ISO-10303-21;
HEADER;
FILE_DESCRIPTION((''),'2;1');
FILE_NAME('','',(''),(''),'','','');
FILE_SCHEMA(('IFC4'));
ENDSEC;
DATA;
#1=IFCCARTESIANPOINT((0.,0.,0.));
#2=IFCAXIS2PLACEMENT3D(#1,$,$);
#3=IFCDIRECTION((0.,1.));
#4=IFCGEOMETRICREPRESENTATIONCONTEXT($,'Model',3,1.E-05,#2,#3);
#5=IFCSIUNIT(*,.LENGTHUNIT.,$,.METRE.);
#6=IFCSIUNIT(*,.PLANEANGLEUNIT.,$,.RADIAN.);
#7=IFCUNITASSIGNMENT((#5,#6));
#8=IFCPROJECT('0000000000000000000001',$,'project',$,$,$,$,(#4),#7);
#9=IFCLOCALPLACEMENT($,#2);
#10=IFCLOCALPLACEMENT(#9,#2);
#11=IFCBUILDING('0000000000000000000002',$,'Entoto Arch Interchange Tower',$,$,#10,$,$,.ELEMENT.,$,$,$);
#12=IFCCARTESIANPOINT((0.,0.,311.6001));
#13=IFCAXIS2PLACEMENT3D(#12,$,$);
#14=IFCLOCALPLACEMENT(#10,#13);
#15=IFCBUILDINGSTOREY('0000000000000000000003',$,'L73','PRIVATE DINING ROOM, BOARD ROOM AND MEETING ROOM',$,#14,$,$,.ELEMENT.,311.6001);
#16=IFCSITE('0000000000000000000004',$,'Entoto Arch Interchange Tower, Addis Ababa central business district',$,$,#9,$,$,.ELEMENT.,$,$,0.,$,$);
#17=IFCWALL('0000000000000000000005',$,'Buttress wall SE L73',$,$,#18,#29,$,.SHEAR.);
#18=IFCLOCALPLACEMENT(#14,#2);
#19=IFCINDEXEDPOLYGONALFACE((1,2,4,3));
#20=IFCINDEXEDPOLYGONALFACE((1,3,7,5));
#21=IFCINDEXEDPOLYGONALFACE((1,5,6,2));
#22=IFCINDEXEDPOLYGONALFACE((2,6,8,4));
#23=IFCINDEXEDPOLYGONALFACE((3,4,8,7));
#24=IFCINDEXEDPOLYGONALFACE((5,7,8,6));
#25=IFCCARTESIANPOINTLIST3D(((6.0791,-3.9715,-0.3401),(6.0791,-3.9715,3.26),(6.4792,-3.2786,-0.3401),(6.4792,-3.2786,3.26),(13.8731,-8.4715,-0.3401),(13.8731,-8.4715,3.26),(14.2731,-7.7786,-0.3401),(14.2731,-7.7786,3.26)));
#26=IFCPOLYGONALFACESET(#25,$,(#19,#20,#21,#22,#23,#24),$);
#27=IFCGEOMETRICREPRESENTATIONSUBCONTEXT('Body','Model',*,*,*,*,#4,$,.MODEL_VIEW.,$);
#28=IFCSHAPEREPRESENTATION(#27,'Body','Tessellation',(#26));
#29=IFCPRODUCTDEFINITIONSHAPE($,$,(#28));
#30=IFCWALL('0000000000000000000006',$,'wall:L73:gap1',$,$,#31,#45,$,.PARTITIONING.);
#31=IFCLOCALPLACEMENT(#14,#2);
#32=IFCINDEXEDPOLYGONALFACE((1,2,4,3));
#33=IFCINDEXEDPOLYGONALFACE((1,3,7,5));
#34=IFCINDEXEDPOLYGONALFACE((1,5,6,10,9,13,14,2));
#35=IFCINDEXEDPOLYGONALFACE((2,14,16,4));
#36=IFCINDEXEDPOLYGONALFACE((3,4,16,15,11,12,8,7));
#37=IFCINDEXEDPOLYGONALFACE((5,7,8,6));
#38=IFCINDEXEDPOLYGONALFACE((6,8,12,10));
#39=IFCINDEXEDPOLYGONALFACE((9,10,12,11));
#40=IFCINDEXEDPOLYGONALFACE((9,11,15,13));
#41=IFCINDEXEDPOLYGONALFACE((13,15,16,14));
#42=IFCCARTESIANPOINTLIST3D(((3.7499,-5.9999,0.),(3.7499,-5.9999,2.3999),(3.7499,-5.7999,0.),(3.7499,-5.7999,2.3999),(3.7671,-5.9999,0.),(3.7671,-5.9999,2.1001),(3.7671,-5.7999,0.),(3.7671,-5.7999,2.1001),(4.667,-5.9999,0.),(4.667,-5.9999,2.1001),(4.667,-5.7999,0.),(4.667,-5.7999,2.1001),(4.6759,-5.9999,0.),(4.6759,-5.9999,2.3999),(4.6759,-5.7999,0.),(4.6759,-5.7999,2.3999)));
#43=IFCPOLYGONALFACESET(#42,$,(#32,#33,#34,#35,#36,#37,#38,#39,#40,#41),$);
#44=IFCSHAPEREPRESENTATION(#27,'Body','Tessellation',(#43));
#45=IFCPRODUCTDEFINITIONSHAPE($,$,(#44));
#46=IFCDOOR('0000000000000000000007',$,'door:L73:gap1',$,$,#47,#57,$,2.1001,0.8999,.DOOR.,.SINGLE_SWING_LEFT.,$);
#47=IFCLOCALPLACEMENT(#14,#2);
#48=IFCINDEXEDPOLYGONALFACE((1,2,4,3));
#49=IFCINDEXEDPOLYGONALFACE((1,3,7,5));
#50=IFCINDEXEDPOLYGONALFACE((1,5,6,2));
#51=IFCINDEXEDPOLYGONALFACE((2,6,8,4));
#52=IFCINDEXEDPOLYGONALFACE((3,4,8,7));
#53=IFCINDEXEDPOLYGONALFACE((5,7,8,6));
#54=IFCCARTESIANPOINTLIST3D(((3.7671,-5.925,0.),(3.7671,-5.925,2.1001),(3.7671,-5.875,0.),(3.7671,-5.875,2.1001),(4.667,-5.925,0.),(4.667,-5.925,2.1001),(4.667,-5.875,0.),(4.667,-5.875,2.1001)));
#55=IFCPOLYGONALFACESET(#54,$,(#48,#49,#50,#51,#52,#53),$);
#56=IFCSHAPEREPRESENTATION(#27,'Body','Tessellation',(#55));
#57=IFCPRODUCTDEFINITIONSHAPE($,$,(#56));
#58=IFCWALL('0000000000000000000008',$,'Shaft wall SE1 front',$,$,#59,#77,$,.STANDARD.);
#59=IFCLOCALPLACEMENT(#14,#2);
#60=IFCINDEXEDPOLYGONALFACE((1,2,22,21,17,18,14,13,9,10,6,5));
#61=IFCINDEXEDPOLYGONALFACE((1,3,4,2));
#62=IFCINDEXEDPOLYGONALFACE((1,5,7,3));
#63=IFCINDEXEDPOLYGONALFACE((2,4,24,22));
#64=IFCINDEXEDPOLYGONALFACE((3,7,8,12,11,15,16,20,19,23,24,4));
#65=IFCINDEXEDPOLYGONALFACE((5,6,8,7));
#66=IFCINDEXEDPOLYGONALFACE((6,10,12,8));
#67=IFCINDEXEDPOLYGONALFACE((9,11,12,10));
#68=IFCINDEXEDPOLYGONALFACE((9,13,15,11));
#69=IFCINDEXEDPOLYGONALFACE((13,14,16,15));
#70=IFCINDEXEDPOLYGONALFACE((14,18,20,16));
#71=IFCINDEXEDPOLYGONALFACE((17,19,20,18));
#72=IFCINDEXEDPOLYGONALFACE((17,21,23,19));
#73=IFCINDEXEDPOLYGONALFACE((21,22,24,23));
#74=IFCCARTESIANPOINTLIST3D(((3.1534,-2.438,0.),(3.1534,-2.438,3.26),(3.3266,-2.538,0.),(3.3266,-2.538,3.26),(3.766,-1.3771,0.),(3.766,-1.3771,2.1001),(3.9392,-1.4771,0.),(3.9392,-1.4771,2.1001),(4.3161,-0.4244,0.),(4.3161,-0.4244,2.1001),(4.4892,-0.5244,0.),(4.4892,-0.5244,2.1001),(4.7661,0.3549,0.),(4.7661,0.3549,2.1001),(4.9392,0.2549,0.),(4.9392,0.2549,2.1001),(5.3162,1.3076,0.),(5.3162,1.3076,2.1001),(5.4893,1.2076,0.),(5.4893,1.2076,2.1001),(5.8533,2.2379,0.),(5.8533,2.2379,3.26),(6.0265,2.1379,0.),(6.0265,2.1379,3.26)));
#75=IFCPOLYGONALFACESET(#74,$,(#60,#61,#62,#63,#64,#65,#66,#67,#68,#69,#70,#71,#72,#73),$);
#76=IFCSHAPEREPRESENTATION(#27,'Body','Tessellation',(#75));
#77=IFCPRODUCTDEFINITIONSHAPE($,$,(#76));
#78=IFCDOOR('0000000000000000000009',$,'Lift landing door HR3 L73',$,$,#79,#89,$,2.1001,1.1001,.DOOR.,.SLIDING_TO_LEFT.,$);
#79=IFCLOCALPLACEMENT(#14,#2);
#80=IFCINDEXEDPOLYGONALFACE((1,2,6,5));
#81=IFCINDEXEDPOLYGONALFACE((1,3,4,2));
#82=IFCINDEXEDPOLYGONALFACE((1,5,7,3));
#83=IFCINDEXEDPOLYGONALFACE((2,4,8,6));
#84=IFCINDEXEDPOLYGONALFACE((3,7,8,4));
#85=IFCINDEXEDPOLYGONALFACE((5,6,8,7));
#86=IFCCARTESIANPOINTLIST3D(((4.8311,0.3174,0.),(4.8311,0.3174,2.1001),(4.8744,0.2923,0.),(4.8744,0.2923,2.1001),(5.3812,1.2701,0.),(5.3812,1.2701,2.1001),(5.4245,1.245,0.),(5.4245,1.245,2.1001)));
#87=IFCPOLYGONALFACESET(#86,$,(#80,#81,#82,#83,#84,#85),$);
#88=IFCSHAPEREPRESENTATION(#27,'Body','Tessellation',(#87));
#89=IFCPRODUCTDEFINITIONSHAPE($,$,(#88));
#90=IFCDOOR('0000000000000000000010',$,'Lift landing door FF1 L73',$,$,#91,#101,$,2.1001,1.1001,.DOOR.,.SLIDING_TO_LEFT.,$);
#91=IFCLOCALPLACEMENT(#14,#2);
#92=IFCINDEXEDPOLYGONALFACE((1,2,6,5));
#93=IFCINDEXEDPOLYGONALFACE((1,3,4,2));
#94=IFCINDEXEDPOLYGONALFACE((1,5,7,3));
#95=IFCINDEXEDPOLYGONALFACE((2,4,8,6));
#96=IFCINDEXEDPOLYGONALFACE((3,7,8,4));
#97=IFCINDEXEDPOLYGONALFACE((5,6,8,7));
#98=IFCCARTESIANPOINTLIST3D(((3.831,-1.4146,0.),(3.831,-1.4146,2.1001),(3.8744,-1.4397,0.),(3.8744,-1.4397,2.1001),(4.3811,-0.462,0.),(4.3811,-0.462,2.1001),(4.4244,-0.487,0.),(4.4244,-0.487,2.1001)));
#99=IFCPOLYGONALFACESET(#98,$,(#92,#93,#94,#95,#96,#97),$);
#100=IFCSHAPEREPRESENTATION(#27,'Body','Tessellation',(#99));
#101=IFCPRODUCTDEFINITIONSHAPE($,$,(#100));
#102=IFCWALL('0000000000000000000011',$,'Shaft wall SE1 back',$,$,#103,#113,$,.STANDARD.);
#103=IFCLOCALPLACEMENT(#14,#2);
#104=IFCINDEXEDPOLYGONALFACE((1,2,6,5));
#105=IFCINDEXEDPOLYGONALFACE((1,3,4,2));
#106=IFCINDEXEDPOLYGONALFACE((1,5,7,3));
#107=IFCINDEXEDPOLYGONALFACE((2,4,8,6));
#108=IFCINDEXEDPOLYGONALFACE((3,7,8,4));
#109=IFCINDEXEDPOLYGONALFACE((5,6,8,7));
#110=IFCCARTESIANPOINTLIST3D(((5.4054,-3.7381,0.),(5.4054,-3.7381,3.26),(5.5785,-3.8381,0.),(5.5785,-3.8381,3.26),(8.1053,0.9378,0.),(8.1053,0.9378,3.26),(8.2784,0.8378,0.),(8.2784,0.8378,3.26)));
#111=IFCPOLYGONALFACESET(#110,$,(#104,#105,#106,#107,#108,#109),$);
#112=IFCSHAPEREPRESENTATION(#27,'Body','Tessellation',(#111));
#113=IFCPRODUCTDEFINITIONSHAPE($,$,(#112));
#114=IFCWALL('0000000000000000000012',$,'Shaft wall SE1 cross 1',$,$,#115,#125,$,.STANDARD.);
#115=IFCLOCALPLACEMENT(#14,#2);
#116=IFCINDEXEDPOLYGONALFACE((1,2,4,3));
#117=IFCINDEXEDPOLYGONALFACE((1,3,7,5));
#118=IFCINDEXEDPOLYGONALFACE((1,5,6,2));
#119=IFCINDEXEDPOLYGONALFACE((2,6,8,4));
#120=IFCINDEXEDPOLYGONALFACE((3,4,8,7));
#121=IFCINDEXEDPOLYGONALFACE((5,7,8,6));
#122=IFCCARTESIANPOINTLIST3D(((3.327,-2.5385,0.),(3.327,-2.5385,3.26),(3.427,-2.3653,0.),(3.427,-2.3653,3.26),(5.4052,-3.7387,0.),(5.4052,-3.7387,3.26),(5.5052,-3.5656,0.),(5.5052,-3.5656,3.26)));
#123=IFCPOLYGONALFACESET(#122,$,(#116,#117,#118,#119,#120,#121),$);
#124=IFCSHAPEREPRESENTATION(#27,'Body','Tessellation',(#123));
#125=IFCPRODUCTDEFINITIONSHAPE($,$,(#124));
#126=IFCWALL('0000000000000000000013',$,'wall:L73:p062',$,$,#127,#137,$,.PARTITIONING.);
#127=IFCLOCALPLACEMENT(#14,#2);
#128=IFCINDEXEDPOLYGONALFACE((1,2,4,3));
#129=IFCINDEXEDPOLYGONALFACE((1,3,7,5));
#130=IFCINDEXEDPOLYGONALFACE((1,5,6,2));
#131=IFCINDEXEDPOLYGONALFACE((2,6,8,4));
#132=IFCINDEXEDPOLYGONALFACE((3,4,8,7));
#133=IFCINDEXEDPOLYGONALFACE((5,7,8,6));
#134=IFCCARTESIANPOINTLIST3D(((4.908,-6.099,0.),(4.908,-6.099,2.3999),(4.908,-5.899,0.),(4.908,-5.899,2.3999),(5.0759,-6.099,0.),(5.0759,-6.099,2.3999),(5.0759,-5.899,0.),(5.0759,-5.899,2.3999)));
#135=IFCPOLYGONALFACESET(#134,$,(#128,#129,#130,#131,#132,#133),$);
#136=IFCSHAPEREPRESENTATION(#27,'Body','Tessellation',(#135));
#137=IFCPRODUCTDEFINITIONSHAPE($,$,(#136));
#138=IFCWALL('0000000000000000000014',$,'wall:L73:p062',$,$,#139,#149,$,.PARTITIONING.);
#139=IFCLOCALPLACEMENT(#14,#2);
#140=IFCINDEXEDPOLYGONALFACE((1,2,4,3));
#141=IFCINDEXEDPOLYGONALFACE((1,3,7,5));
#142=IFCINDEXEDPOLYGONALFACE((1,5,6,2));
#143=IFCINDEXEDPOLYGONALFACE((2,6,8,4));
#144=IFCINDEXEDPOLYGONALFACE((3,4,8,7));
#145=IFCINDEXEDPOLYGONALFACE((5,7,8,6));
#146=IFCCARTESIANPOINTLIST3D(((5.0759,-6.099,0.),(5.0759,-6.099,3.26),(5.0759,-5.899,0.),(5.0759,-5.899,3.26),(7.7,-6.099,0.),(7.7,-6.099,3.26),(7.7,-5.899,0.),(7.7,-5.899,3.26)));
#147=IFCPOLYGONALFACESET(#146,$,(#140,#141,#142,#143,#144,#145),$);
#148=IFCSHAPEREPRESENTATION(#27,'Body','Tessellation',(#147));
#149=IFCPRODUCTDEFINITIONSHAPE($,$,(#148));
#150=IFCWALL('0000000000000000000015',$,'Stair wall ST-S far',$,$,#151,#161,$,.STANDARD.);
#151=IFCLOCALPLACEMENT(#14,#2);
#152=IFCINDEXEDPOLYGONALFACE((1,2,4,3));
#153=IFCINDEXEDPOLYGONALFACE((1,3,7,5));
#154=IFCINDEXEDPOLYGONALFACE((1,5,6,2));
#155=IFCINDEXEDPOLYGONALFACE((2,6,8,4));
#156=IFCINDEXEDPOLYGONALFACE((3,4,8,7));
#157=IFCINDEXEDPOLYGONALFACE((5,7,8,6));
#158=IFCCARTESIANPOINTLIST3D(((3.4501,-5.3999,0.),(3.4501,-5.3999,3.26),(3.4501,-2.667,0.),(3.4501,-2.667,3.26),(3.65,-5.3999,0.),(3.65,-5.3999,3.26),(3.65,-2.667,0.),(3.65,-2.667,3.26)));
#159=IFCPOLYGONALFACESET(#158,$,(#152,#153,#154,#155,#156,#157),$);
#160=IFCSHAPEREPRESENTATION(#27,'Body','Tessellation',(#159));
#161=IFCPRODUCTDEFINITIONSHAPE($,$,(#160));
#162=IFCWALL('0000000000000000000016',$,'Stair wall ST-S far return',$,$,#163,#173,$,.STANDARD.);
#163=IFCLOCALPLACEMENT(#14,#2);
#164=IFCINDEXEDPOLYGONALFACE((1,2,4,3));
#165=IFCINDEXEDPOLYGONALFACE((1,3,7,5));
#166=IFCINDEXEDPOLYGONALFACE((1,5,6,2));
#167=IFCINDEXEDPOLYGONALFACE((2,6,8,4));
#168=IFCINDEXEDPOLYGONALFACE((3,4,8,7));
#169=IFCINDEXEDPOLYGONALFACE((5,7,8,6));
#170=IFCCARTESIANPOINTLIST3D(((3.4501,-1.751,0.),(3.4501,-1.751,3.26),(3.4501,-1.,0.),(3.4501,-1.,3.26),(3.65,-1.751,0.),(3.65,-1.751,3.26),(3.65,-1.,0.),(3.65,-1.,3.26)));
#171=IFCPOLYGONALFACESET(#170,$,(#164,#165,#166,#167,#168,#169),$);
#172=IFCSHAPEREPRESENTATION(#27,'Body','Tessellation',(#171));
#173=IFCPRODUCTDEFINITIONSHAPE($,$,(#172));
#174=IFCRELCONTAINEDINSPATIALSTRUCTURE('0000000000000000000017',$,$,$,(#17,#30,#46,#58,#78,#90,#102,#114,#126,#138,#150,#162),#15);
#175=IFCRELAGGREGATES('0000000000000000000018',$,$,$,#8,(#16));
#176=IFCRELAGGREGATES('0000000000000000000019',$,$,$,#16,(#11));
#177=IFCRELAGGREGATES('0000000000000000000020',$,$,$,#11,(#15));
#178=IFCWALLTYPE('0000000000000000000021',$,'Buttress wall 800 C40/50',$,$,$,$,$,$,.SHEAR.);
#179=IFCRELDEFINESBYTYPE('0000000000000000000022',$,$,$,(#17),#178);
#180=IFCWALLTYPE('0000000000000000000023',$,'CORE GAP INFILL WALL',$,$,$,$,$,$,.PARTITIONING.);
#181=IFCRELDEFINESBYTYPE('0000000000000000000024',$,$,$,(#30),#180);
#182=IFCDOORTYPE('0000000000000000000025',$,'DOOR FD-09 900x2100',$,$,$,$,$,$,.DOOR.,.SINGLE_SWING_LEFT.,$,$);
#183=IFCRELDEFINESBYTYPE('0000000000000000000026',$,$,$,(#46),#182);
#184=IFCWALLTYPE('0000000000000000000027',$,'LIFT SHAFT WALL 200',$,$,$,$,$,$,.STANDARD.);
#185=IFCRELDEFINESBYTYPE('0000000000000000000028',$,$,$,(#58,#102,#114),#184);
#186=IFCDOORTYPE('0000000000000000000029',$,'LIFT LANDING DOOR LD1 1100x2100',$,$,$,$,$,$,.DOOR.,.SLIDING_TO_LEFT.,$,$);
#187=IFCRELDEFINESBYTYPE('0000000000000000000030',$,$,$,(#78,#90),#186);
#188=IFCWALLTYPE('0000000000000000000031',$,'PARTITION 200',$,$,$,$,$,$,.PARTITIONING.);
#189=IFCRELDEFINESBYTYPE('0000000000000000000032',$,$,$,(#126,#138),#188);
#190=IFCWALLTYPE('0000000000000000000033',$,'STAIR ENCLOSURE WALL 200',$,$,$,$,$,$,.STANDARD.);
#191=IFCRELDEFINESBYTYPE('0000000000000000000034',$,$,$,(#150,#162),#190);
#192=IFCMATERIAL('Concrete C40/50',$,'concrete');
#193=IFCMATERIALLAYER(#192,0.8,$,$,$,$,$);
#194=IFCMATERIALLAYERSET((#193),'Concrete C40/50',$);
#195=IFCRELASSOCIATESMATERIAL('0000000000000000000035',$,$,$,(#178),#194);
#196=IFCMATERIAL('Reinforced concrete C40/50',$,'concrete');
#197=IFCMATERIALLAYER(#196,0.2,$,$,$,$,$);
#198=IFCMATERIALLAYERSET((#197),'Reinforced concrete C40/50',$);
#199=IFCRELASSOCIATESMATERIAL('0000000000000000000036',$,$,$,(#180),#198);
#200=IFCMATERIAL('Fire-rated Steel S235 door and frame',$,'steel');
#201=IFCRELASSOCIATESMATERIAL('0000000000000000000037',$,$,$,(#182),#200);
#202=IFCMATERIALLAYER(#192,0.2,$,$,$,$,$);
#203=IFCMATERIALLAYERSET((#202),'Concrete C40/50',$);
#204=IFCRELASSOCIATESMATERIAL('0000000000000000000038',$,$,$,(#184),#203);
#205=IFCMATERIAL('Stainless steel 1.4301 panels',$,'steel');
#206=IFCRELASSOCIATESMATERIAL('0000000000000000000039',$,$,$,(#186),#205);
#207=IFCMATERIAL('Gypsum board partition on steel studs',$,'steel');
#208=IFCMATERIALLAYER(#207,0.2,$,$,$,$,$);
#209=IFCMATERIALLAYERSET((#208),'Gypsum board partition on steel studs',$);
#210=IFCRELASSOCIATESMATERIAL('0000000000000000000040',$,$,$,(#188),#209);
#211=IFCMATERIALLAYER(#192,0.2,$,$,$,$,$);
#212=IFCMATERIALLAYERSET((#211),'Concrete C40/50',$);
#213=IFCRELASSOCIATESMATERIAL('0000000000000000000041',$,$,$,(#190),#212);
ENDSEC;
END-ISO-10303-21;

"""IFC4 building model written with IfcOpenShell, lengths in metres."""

from ifc_helpers import new_model, si_unit, direction, frame, frame_2d, origin, place, context, subcontext, project, spatial, rectangle, extrude, material, layer, layer_set, type_object, element, fill, save


model = new_model("IFC4")

# Units and contexts
model_context = context("Model", 3, precision=1e-05, world=origin(), true_north=direction((0.0, 1.0)))
body_context = subcontext(model_context, "Body", "Model", "MODEL_VIEW")
ifc_project = project(units=[si_unit("LENGTHUNIT", "METRE"), si_unit("PLANEANGLEUNIT", "RADIAN")], contexts=[model_context])

# Site, building, storey
site_placement = place(None, origin())
site = spatial("IfcSite", under=ifc_project, at=site_placement, Name="Entoto Arch Interchange Tower, Addis Ababa central business district", CompositionType="ELEMENT", RefElevation=0.0)
building_placement = place(site_placement, origin())
building = spatial("IfcBuilding", under=site, at=building_placement, Name="Entoto Arch Interchange Tower", CompositionType="ELEMENT")
storey_placement = place(building_placement, frame((0.0, 0.0, 311.6001)))
storey = spatial("IfcBuildingStorey", under=building, at=storey_placement, Name="L73", Description="PRIVATE DINING ROOM, BOARD ROOM AND MEETING ROOM", CompositionType="ELEMENT", Elevation=311.6001)

# Shared definitions
ifc_material_1 = material(Name="Concrete C40/50", Category="concrete")

# Wall
ifc_layer_1 = layer(ifc_material_1, 0.8)
ifc_layer_set_1 = layer_set([ifc_layer_1], Name="Concrete C40/50")
wall_type_1 = type_object("IfcWallType", Name="Buttress wall 800 C40/50", PredefinedType="SHEAR", material=ifc_layer_set_1)
wall_1_placement = place(storey_placement, frame((6.2791, -3.625, -0.3401), z_axis=(0.0, 0.0, 1.0), x_axis=(0.866018, -0.500014, 0.0)))
element("IfcWall", 1, at=wall_1_placement, inside=storey, type_object=wall_type_1, Name="Buttress wall SE L73", PredefinedType="SHEAR", context=body_context, shape_type="SweptSolid", body=[
    extrude(rectangle(XDim=8.9998, YDim=0.8, at=frame_2d((4.5, 0.0))), origin(), (0.0, 0.0, 1.0), 3.6001),
])

# Wall, opening, door
ifc_material_2 = material(Name="Reinforced concrete C40/50", Category="concrete")
ifc_layer_2 = layer(ifc_material_2, 0.2)
ifc_layer_set_2 = layer_set([ifc_layer_2], Name="Reinforced concrete C40/50")
wall_type_2 = type_object("IfcWallType", Name="CORE GAP INFILL WALL", PredefinedType="PARTITIONING", material=ifc_layer_set_2)
wall_2_placement = place(storey_placement, frame((3.75, -5.8999, 0.0), z_axis=(0.0, 0.0, 1.0), x_axis=(1.0, 0.0, 0.0)))
wall_2 = element("IfcWall", 2, at=wall_2_placement, inside=storey, type_object=wall_type_2, Name="wall:L73:gap1", PredefinedType="PARTITIONING", context=body_context, shape_type="SweptSolid", body=[
    extrude(rectangle(XDim=0.926, YDim=0.2, at=frame_2d((0.4629, 0.0))), origin(), (0.0, 0.0, 1.0), 2.3999),
])
opening_1_placement = place(wall_2_placement, frame((0.0171, 0.0, 0.0)))
opening_1 = element("IfcOpeningElement", 3, at=opening_1_placement, cuts=wall_2, PredefinedType="OPENING", context=body_context, shape_type="SweptSolid", body=[
    extrude(rectangle(XDim=0.8999, YDim=2.1001, at=frame_2d((0.45, 1.05))), frame((0.0, 0.1099, 0.0), z_axis=(0.0, -1.0, 0.0), x_axis=(1.0, 0.0, 0.0)), (0.0, 0.0, 1.0), 0.22),
])
ifc_material_3 = material(Name="Fire-rated Steel S235 door and frame", Category="steel")
door_type_1 = type_object("IfcDoorType", Name="DOOR FD-09 900x2100", OperationType="SINGLE_SWING_LEFT", PredefinedType="DOOR", material=ifc_material_3)
door_1_placement = place(opening_1_placement, origin())
door_1 = element("IfcDoor", 4, at=door_1_placement, inside=storey, type_object=door_type_1, Name="door:L73:gap1", OperationType="SINGLE_SWING_LEFT", OverallHeight=2.1001, OverallWidth=0.8999, PredefinedType="DOOR", context=body_context, shape_type="SweptSolid", body=[
    extrude(rectangle(XDim=0.8999, YDim=2.1001, at=frame_2d((0.45, 1.05))), frame((0.0, 0.0249, 0.0), z_axis=(0.0, -1.0, 0.0), x_axis=(1.0, 0.0, 0.0)), (0.0, 0.0, 1.0), 0.05),
])
fill(opening_1, door_1)

# Wall, openings, doors
ifc_layer_3 = layer(ifc_material_1, 0.2)
ifc_layer_set_3 = layer_set([ifc_layer_3], Name="Concrete C40/50")
wall_type_3 = type_object("IfcWallType", Name="LIFT SHAFT WALL 200", PredefinedType="STANDARD", material=ifc_layer_set_3)
wall_3_placement = place(storey_placement, frame((3.24, -2.488, 0.0), z_axis=(0.0, 0.0, 1.0), x_axis=(0.500034, 0.866006, 0.0)))
wall_3 = element("IfcWall", 5, at=wall_3_placement, inside=storey, type_object=wall_type_3, Name="Shaft wall SE1 front", PredefinedType="STANDARD", context=body_context, shape_type="SweptSolid", body=[
    extrude(rectangle(XDim=5.3994, YDim=0.2, at=frame_2d((2.6997, 0.0))), origin(), (0.0, 0.0, 1.0), 3.26),
])
opening_2_placement = place(wall_3_placement, frame((3.2251, 0.0, 0.0)))
opening_2 = element("IfcOpeningElement", 6, at=opening_2_placement, cuts=wall_3, PredefinedType="OPENING", context=body_context, shape_type="SweptSolid", body=[
    extrude(rectangle(XDim=1.1001, YDim=2.1001, at=frame_2d((0.55, 1.05))), frame((0.0, 0.1099, 0.0), z_axis=(0.0, -1.0, 0.0), x_axis=(1.0, 0.0, 0.0)), (0.0, 0.0, 1.0), 0.22),
])
opening_3_placement = place(wall_3_placement, frame((1.2251, 0.0, 0.0)))
opening_3 = element("IfcOpeningElement", 7, at=opening_3_placement, cuts=wall_3, PredefinedType="OPENING", context=body_context, shape_type="SweptSolid", body=[
    extrude(rectangle(XDim=1.1001, YDim=2.1001, at=frame_2d((0.55, 1.05))), frame((0.0, 0.1099, 0.0), z_axis=(0.0, -1.0, 0.0), x_axis=(1.0, 0.0, 0.0)), (0.0, 0.0, 1.0), 0.22),
])
ifc_material_4 = material(Name="Stainless steel 1.4301 panels", Category="steel")
door_type_2 = type_object("IfcDoorType", Name="LIFT LANDING DOOR LD1 1100x2100", OperationType="SLIDING_TO_LEFT", PredefinedType="DOOR", material=ifc_material_4)
door_2_placement = place(opening_2_placement, origin())
door_2 = element("IfcDoor", 8, at=door_2_placement, inside=storey, type_object=door_type_2, Name="Lift landing door HR3 L73", OperationType="SLIDING_TO_LEFT", OverallHeight=2.1001, OverallWidth=1.1001, PredefinedType="DOOR", context=body_context, shape_type="SweptSolid", body=[
    extrude(rectangle(XDim=1.1001, YDim=2.1001, at=frame_2d((0.55, 1.05))), frame((0.0, 0.0249, 0.0), z_axis=(0.0, -1.0, 0.0), x_axis=(1.0, 0.0, 0.0)), (0.0, 0.0, 1.0), 0.05),
])
fill(opening_2, door_2)
door_3_placement = place(opening_3_placement, origin())
door_3 = element("IfcDoor", 9, at=door_3_placement, inside=storey, type_object=door_type_2, Name="Lift landing door FF1 L73", OperationType="SLIDING_TO_LEFT", OverallHeight=2.1001, OverallWidth=1.1001, PredefinedType="DOOR", context=body_context, shape_type="SweptSolid", body=[
    extrude(rectangle(XDim=1.1001, YDim=2.1001, at=frame_2d((0.55, 1.05))), frame((0.0, 0.0249, 0.0), z_axis=(0.0, -1.0, 0.0), x_axis=(1.0, 0.0, 0.0)), (0.0, 0.0, 1.0), 0.05),
])
fill(opening_3, door_3)

# Walls
wall_4_placement = place(storey_placement, frame((5.4919, -3.7881, 0.0), z_axis=(0.0, 0.0, 1.0), x_axis=(0.500034, 0.866006, 0.0)))
element("IfcWall", 10, at=wall_4_placement, inside=storey, type_object=wall_type_3, Name="Shaft wall SE1 back", PredefinedType="STANDARD", context=body_context, shape_type="SweptSolid", body=[
    extrude(rectangle(XDim=5.3994, YDim=0.2, at=frame_2d((2.6997, 0.0))), origin(), (0.0, 0.0, 1.0), 3.26),
])
wall_5_placement = place(storey_placement, frame((3.377, -2.4519, 0.0), z_axis=(0.0, 0.0, 1.0), x_axis=(0.865955, -0.500122, 0.0)))
element("IfcWall", 11, at=wall_5_placement, inside=storey, type_object=wall_type_3, Name="Shaft wall SE1 cross 1", PredefinedType="STANDARD", context=body_context, shape_type="SweptSolid", body=[
    extrude(rectangle(XDim=2.3999, YDim=0.2, at=frame_2d((1.2, 0.0))), origin(), (0.0, 0.0, 1.0), 3.26),
])
ifc_material_5 = material(Name="Gypsum board partition on steel studs", Category="steel")
ifc_layer_4 = layer(ifc_material_5, 0.2)
ifc_layer_set_4 = layer_set([ifc_layer_4], Name="Gypsum board partition on steel studs")
wall_type_4 = type_object("IfcWallType", Name="PARTITION 200", PredefinedType="PARTITIONING", material=ifc_layer_set_4)
wall_6_placement = place(storey_placement, frame((4.908, -5.999, 0.0), z_axis=(0.0, 0.0, 1.0), x_axis=(1.0, 0.0, 0.0)))
element("IfcWall", 12, at=wall_6_placement, inside=storey, type_object=wall_type_4, Name="wall:L73:p062", PredefinedType="PARTITIONING", context=body_context, shape_type="SweptSolid", body=[
    extrude(rectangle(XDim=0.168, YDim=0.2, at=frame_2d((0.084, 0.0))), origin(), (0.0, 0.0, 1.0), 2.3999),
])
wall_7_placement = place(storey_placement, frame((5.0759, -5.999, 0.0), z_axis=(0.0, 0.0, 1.0), x_axis=(1.0, 0.0, 0.0)))
element("IfcWall", 13, at=wall_7_placement, inside=storey, type_object=wall_type_4, Name="wall:L73:p062", PredefinedType="PARTITIONING", context=body_context, shape_type="SweptSolid", body=[
    extrude(rectangle(XDim=2.624, YDim=0.2, at=frame_2d((1.312, 0.0))), origin(), (0.0, 0.0, 1.0), 3.26),
])
ifc_layer_5 = layer(ifc_material_1, 0.2)
ifc_layer_set_5 = layer_set([ifc_layer_5], Name="Concrete C40/50")
wall_type_5 = type_object("IfcWallType", Name="STAIR ENCLOSURE WALL 200", PredefinedType="STANDARD", material=ifc_layer_set_5)
wall_8_placement = place(storey_placement, frame((3.55, -2.667, 0.0), z_axis=(0.0, 0.0, 1.0), x_axis=(0.0, -1.0, 0.0)))
element("IfcWall", 14, at=wall_8_placement, inside=storey, type_object=wall_type_5, Name="Stair wall ST-S far", PredefinedType="STANDARD", context=body_context, shape_type="SweptSolid", body=[
    extrude(rectangle(XDim=2.7329, YDim=0.2, at=frame_2d((1.3665, 0.0))), origin(), (0.0, 0.0, 1.0), 3.26),
])
wall_9_placement = place(storey_placement, frame((3.55, -1.0, 0.0), z_axis=(0.0, 0.0, 1.0), x_axis=(0.0, -1.0, 0.0)))
element("IfcWall", 15, at=wall_9_placement, inside=storey, type_object=wall_type_5, Name="Stair wall ST-S far return", PredefinedType="STANDARD", context=body_context, shape_type="SweptSolid", body=[
    extrude(rectangle(XDim=0.751, YDim=0.2, at=frame_2d((0.3755, 0.0))), origin(), (0.0, 0.0, 1.0), 3.26),
])

save(model, "model.ifc")
